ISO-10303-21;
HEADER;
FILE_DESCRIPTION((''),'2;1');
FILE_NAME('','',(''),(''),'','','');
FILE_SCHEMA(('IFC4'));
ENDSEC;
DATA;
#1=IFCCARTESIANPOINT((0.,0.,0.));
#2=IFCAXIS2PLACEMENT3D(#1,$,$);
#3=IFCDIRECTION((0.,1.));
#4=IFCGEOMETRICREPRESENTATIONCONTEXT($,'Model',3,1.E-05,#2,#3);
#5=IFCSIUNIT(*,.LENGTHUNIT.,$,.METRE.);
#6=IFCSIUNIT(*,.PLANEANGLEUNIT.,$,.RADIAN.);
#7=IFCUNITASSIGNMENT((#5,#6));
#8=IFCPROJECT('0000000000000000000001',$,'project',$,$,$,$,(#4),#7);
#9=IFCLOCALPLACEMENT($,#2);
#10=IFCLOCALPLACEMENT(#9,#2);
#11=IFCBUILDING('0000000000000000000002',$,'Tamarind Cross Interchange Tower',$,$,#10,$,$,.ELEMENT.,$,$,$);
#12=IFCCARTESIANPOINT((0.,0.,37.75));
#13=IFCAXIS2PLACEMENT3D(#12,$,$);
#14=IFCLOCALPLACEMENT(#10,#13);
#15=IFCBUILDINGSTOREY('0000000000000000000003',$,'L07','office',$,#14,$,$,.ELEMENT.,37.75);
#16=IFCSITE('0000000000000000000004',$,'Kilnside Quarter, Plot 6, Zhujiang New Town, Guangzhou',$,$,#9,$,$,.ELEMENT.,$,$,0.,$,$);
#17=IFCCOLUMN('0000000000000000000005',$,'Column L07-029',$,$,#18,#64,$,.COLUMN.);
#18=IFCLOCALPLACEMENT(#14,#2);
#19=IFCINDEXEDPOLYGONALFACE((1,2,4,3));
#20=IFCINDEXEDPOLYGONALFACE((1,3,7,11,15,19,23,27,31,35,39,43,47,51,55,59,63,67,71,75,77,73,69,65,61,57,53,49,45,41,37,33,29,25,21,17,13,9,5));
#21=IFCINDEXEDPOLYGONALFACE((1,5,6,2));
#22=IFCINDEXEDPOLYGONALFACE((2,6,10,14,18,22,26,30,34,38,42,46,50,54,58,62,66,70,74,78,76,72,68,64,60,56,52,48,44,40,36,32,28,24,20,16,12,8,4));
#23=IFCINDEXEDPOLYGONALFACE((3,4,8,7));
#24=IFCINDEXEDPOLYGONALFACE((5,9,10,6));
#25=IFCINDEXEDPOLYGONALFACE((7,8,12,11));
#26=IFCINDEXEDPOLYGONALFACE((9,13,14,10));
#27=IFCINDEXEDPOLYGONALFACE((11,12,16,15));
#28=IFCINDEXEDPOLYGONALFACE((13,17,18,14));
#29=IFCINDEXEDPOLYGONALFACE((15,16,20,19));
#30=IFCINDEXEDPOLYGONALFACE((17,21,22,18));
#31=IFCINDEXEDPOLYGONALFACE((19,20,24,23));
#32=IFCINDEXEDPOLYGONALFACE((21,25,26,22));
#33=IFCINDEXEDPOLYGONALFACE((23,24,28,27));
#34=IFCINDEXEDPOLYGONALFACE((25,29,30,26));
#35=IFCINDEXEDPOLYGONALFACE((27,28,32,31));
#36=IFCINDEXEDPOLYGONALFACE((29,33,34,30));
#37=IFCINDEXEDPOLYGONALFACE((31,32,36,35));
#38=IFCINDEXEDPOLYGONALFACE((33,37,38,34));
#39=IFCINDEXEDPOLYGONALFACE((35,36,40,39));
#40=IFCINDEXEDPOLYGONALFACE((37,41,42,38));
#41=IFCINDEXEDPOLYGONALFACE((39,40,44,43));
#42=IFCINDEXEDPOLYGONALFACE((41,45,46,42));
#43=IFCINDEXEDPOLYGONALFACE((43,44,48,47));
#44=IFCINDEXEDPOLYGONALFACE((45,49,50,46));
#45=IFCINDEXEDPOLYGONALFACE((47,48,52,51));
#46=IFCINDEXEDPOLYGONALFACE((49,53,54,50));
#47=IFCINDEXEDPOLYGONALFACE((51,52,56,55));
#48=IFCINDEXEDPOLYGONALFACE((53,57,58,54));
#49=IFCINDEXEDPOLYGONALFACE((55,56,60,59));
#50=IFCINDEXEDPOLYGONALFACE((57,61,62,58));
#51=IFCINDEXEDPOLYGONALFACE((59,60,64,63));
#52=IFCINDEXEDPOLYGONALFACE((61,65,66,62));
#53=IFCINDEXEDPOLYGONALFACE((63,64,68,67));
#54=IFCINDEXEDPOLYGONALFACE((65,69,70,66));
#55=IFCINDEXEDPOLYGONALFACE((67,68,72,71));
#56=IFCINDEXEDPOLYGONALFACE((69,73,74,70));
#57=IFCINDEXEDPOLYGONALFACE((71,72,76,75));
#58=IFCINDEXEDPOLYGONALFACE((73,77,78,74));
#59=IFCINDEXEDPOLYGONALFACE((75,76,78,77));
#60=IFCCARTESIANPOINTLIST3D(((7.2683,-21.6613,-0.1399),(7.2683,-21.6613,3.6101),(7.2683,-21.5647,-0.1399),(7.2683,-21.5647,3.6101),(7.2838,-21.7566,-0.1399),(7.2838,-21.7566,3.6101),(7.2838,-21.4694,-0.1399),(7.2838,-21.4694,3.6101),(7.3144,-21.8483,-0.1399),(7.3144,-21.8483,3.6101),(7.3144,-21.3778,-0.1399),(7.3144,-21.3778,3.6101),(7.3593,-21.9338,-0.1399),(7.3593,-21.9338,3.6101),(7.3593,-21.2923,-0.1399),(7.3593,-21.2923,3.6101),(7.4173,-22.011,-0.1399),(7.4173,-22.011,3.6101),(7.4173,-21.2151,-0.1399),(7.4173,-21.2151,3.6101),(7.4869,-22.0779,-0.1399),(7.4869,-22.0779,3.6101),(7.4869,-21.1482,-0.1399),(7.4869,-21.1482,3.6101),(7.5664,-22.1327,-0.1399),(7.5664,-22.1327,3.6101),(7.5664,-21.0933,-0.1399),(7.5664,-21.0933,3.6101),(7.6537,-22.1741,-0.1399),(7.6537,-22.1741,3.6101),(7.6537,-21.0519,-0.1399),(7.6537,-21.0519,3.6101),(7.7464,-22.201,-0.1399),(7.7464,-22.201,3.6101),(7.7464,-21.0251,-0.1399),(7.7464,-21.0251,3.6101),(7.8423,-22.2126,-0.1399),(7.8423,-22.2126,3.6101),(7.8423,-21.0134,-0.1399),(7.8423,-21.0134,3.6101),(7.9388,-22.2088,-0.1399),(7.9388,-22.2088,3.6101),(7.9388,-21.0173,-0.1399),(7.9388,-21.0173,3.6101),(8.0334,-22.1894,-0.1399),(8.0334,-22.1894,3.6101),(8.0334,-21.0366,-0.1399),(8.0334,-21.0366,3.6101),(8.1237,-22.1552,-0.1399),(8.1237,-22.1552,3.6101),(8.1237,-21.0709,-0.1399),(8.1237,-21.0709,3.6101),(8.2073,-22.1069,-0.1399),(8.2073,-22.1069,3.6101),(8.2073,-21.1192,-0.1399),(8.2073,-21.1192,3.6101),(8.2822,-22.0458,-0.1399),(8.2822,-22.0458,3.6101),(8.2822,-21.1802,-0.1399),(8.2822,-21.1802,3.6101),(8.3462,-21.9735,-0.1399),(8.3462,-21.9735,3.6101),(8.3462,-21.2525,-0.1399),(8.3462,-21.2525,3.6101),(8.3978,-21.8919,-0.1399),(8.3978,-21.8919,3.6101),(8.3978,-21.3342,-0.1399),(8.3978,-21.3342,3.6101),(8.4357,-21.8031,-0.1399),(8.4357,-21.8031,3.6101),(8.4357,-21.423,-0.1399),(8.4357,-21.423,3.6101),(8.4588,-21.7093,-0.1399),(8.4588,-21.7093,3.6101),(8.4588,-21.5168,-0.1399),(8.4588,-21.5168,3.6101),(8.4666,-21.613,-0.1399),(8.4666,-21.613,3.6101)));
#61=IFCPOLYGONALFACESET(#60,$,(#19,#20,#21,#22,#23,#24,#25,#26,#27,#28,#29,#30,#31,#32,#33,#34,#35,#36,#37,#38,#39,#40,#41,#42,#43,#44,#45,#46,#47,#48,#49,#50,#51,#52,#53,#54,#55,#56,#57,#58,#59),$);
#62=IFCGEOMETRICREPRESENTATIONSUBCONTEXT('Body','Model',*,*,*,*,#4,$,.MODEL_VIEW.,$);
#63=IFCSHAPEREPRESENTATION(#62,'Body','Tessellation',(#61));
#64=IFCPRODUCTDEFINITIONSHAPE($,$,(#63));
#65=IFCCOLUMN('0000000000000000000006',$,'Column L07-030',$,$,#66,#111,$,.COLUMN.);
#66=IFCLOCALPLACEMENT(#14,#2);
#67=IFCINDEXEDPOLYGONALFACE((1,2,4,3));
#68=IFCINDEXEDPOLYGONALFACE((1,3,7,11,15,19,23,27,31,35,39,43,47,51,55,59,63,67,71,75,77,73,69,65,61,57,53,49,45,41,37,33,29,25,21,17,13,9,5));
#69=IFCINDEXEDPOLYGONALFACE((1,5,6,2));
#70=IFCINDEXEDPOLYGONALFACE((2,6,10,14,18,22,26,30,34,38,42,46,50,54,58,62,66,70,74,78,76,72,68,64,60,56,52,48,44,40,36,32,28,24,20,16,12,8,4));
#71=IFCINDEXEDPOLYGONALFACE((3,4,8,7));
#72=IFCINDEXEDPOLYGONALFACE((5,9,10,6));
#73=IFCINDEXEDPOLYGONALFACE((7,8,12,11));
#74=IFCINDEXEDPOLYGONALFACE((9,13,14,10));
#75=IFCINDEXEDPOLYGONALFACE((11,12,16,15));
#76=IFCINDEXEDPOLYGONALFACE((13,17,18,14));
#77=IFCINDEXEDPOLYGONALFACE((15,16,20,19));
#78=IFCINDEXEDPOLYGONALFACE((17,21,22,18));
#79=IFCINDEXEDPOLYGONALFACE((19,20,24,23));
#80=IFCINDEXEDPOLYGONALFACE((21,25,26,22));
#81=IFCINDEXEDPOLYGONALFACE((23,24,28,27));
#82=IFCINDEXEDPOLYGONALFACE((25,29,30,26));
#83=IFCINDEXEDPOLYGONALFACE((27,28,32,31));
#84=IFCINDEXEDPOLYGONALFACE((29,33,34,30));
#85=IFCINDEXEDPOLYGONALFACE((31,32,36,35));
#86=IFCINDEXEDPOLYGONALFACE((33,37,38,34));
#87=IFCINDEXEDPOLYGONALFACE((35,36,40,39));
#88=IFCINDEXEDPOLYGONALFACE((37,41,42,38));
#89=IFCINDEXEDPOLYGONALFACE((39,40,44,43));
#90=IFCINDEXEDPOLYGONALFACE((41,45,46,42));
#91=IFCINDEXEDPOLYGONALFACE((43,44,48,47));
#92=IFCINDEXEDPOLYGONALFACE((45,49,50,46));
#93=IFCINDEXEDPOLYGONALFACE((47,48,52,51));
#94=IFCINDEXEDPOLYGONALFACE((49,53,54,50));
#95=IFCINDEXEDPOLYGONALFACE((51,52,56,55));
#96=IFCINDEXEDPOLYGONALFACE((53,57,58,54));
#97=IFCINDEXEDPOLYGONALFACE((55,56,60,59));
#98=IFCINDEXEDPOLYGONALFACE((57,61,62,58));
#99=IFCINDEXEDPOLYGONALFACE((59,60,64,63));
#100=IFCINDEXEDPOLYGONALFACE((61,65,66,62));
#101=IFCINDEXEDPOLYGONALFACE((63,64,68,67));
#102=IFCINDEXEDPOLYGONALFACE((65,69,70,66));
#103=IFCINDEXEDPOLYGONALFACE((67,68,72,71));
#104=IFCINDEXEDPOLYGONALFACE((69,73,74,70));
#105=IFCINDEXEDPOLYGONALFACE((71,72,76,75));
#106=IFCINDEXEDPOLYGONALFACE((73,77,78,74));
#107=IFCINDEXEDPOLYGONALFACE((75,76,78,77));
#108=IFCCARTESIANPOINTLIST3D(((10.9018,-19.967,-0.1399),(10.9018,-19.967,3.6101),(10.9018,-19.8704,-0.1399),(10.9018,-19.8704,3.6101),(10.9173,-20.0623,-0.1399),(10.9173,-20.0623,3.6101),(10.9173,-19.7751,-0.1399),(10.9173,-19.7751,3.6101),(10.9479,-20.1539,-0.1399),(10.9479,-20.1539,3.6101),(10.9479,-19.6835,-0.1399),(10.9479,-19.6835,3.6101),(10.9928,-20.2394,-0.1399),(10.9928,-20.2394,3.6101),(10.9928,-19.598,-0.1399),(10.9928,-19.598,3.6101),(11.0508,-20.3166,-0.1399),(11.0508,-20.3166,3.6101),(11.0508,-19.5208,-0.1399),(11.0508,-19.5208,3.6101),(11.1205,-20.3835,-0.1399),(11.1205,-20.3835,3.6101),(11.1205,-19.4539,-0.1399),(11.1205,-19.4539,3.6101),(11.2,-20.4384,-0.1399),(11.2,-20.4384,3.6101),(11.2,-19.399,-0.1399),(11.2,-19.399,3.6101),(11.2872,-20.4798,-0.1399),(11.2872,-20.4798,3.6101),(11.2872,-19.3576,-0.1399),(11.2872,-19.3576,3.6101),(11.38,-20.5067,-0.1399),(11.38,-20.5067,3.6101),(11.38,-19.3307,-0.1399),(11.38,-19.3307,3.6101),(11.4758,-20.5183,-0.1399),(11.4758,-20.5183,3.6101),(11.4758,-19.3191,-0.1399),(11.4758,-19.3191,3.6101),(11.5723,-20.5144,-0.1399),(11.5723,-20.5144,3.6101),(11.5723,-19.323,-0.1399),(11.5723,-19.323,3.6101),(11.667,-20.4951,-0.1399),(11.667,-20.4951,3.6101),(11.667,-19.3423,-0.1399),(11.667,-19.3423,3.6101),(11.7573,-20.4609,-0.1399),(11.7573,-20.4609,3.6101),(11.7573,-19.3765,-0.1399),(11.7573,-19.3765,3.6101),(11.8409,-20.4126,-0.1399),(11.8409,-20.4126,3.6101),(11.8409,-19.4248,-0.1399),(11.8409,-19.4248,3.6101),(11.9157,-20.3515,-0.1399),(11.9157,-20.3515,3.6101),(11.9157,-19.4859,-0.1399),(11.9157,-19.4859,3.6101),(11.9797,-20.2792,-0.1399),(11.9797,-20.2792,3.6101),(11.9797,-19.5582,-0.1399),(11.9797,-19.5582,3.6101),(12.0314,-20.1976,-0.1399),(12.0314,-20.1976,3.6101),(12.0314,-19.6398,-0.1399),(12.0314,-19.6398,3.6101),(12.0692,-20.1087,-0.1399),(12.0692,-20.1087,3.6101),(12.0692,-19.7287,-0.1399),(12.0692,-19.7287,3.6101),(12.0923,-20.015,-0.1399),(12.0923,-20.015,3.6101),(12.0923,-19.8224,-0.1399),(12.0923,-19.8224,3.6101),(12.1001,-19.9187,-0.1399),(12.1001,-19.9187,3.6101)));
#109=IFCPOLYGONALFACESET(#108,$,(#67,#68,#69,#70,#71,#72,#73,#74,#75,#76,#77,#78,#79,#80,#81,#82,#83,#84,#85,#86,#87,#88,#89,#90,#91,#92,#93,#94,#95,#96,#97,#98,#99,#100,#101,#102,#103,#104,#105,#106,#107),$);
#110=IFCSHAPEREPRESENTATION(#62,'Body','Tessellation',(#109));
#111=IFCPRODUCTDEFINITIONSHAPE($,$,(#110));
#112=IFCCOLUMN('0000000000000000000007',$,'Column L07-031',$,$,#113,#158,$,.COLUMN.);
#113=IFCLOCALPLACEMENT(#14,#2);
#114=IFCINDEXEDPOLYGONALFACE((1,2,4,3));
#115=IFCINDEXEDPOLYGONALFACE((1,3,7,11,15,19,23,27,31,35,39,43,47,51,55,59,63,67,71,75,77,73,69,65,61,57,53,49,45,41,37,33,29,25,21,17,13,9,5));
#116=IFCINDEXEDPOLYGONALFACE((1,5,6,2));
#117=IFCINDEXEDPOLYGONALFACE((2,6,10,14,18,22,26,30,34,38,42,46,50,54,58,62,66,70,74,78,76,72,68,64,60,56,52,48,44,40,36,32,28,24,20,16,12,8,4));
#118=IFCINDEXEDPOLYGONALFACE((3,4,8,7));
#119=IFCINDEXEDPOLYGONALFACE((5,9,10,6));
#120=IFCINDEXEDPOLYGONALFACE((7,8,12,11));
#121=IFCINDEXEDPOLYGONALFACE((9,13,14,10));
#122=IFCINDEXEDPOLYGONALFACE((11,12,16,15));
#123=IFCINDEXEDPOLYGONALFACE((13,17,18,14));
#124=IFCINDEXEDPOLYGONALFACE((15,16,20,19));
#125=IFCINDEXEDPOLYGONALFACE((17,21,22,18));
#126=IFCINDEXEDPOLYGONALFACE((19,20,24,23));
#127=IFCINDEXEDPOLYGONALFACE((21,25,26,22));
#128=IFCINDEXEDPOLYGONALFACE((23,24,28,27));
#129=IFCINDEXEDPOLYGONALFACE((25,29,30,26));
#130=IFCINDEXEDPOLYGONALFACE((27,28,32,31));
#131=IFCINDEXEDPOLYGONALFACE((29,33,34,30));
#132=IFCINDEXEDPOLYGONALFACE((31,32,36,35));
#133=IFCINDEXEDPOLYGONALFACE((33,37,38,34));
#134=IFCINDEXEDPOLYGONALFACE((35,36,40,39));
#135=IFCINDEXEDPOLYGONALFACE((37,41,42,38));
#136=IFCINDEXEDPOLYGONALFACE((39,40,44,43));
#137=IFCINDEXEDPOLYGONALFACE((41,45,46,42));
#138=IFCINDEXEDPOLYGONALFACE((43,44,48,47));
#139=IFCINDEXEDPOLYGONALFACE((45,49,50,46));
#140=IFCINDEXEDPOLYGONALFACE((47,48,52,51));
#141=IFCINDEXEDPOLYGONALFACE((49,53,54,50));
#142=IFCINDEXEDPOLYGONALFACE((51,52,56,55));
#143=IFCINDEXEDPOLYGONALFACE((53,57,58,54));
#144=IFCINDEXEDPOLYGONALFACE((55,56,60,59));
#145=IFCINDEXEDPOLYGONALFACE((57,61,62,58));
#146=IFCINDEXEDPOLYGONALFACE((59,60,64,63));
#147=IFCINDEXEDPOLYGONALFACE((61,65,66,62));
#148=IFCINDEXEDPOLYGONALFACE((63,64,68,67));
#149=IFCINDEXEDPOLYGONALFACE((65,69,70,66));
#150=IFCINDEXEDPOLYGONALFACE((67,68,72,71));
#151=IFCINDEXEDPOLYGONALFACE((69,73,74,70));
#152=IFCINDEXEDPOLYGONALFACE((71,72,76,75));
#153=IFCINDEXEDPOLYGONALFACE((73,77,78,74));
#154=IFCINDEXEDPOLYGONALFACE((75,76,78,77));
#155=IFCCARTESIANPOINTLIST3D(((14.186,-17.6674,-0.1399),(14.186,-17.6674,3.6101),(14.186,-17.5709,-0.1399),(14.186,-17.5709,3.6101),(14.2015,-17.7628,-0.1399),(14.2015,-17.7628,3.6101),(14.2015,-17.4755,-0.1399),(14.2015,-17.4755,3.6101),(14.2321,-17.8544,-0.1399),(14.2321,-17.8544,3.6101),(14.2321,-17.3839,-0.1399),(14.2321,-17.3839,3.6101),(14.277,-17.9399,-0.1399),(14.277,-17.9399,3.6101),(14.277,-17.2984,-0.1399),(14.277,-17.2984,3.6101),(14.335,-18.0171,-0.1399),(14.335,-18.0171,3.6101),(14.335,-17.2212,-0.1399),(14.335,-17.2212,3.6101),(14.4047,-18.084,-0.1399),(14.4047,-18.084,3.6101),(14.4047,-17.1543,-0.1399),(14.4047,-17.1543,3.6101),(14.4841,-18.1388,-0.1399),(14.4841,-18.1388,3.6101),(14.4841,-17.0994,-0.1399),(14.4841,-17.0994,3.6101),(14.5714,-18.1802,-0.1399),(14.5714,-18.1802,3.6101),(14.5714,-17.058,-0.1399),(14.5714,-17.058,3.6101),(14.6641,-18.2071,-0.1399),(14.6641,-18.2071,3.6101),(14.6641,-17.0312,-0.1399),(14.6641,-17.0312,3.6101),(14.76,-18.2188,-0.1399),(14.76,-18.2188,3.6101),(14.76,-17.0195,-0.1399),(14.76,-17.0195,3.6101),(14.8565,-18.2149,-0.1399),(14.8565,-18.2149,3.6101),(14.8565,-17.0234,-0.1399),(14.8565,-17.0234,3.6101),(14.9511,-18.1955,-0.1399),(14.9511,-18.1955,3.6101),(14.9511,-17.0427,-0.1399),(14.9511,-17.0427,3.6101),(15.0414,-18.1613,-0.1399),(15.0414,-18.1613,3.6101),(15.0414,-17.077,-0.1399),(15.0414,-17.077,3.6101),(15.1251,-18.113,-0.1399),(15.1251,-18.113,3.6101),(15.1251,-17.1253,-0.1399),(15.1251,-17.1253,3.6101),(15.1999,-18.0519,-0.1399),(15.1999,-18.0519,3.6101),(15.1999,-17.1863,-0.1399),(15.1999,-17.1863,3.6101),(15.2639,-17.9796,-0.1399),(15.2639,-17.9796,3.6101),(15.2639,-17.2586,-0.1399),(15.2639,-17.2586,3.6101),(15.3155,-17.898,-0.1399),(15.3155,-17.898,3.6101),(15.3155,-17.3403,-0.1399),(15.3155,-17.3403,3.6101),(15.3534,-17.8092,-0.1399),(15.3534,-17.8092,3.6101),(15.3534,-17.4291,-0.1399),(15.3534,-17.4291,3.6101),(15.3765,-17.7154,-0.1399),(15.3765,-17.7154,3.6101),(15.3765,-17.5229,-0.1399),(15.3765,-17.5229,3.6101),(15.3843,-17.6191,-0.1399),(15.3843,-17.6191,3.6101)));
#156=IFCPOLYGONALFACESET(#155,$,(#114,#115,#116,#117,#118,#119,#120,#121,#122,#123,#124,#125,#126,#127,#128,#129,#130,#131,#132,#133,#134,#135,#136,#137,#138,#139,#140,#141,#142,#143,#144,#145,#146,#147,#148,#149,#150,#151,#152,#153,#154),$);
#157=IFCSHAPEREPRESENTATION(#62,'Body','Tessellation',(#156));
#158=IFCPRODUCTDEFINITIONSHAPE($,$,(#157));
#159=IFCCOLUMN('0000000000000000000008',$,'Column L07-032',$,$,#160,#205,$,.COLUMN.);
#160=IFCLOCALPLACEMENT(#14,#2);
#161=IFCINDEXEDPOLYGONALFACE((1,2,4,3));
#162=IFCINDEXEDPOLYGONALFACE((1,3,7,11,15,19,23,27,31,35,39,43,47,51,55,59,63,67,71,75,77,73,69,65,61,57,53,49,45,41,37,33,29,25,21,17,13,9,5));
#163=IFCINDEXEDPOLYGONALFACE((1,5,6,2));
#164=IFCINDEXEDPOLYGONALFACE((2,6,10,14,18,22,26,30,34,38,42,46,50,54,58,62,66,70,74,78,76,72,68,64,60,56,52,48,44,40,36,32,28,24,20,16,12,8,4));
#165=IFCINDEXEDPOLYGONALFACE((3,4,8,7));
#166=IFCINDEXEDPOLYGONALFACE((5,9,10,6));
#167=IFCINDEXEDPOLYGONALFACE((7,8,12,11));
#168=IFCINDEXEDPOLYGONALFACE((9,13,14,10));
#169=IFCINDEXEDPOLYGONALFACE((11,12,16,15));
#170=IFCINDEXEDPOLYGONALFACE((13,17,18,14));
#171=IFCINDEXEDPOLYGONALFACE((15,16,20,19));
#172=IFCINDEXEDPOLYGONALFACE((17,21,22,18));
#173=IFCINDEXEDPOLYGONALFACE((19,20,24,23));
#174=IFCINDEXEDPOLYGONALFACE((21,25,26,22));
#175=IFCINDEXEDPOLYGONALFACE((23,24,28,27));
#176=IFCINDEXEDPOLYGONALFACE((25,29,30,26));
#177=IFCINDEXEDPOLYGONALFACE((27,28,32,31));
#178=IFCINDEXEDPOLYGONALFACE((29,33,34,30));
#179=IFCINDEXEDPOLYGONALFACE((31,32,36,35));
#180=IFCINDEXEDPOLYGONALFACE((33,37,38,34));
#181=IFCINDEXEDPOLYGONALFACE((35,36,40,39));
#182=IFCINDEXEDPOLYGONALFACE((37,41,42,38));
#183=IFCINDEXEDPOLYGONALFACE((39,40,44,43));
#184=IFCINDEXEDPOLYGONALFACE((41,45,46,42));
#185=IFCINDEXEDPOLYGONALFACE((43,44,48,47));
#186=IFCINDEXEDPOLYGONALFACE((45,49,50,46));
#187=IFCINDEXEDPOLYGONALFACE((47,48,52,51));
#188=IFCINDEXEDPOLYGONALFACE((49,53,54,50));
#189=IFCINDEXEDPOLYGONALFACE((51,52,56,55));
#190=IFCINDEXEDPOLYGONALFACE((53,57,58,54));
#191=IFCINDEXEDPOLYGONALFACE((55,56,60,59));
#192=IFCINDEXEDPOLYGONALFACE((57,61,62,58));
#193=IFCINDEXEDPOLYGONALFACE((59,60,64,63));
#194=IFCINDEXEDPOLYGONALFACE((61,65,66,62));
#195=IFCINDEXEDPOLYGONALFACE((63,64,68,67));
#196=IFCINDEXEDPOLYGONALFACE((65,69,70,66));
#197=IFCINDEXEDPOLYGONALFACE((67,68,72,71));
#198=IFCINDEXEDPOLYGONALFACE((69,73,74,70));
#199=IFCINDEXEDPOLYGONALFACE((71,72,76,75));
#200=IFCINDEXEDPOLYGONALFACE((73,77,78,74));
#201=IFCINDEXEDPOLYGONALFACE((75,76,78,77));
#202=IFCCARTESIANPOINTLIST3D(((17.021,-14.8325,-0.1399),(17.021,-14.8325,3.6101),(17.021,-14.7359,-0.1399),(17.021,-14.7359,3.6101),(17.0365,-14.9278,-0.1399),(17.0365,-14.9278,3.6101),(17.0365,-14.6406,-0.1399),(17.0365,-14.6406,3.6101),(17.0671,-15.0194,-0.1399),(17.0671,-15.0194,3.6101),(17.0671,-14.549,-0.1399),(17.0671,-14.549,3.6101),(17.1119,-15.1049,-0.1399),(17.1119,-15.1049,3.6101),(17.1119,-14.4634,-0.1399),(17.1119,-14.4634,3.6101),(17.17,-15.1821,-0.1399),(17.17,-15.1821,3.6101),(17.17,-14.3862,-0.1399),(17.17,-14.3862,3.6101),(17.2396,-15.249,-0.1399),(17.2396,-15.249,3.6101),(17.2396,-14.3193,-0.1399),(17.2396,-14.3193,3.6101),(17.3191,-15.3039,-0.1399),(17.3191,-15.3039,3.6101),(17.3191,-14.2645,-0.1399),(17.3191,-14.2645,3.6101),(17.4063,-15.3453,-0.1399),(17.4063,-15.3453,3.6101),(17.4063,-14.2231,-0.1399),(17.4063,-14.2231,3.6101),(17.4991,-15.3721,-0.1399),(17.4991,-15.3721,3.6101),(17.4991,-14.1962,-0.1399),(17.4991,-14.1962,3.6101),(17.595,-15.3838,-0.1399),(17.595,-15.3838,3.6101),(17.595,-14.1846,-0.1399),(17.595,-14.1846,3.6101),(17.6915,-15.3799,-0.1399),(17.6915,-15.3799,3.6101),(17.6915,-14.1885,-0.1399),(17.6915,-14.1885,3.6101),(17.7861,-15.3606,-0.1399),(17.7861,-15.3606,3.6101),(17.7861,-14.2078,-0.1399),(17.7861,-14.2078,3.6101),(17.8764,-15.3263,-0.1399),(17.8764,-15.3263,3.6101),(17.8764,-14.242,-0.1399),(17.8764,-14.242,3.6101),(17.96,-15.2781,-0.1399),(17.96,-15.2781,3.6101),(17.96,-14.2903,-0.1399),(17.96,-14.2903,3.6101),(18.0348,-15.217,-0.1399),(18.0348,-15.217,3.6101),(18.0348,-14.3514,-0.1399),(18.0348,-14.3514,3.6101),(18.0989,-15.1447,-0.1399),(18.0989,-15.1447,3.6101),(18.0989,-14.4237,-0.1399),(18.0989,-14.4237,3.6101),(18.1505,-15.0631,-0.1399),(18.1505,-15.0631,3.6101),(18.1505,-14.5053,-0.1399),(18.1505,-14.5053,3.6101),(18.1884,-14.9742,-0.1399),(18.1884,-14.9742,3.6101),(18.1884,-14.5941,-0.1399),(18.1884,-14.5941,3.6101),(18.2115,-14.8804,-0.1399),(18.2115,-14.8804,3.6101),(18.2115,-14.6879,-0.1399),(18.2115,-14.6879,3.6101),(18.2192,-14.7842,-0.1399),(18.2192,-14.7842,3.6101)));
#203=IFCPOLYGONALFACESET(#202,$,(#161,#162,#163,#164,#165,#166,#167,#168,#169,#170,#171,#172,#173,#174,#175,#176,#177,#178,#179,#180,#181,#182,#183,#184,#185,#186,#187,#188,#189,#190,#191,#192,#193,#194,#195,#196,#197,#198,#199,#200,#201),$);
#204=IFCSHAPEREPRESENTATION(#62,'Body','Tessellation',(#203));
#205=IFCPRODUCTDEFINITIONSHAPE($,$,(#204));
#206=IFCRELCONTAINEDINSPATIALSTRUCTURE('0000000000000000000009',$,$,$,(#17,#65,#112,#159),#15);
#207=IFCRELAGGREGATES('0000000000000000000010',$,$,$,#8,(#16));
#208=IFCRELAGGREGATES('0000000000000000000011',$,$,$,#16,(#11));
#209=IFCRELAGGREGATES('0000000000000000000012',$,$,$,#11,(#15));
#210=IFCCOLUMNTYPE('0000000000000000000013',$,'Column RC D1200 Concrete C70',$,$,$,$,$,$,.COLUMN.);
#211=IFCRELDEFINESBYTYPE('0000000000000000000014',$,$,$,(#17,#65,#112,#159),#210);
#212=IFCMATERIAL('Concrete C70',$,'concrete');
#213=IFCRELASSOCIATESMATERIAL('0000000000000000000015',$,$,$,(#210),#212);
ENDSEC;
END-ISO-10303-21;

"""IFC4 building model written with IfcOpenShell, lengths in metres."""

from ifc_helpers import new_model, si_unit, direction, frame, origin, origin_2d, place, context, subcontext, project, spatial, circle, extrude, material, material_profile, profile_set, type_object, element, save


model = new_model("IFC4")

# Units and contexts
model_context = context("Model", 3, precision=1e-05, world=origin(), true_north=direction((0.0, 1.0)))
body_context = subcontext(model_context, "Body", "Model", "MODEL_VIEW")
ifc_project = project(units=[si_unit("LENGTHUNIT", "METRE"), si_unit("PLANEANGLEUNIT", "RADIAN")], contexts=[model_context])

# Site, building, storey
site_placement = place(None, origin())
site = spatial("IfcSite", under=ifc_project, at=site_placement, Name="Kilnside Quarter, Plot 6, Zhujiang New Town, Guangzhou", CompositionType="ELEMENT", RefElevation=0.0)
building_placement = place(site_placement, origin())
building = spatial("IfcBuilding", under=site, at=building_placement, Name="Tamarind Cross Interchange Tower", CompositionType="ELEMENT")
storey_placement = place(building_placement, frame((0.0, 0.0, 37.75)))
storey = spatial("IfcBuildingStorey", under=building, at=storey_placement, Name="L07", Description="office", CompositionType="ELEMENT", Elevation=37.75)

# Columns
ifc_material_1 = material(Name="Concrete C70", Category="concrete")
ifc_material_profile_1 = material_profile(ifc_material_1, circle(Radius=0.6001, at=origin_2d()), Name="RC D1200")
ifc_profile_set_1 = profile_set([ifc_material_profile_1], Name="Concrete C70")
column_type = type_object("IfcColumnType", Name="Column RC D1200 Concrete C70", PredefinedType="COLUMN", material=ifc_profile_set_1)
for number, where, z_axis, x_axis, name in (
    (1, (7.8665, -21.613, -0.1399), (0.0, 0.0, 1.0), (1.0, 0.0, 0.0), "Column L07-029"),
    (2, (11.5, -19.9187, -0.1399), (0.0, 0.0, 1.0), (1.0, 0.0, 0.0), "Column L07-030"),
    (3, (14.7842, -17.6191, -0.1399), (0.0, 0.0, 1.0), (1.0, 0.0, 0.0), "Column L07-031"),
    (4, (17.6191, -14.7842, -0.1399), (0.0, 0.0, 1.0), (1.0, 0.0, 0.0), "Column L07-032"),
):
    element("IfcColumn", number, at=place(storey_placement, frame(where, z_axis=z_axis, x_axis=x_axis)), inside=storey, type_object=column_type, Name=name, PredefinedType="COLUMN", context=body_context, shape_type="SweptSolid", body=[
        extrude(circle(Radius=0.6001, at=origin_2d()), origin(), (0.0, 0.0, 1.0), 3.75),
    ])

save(model, "model.ifc")
